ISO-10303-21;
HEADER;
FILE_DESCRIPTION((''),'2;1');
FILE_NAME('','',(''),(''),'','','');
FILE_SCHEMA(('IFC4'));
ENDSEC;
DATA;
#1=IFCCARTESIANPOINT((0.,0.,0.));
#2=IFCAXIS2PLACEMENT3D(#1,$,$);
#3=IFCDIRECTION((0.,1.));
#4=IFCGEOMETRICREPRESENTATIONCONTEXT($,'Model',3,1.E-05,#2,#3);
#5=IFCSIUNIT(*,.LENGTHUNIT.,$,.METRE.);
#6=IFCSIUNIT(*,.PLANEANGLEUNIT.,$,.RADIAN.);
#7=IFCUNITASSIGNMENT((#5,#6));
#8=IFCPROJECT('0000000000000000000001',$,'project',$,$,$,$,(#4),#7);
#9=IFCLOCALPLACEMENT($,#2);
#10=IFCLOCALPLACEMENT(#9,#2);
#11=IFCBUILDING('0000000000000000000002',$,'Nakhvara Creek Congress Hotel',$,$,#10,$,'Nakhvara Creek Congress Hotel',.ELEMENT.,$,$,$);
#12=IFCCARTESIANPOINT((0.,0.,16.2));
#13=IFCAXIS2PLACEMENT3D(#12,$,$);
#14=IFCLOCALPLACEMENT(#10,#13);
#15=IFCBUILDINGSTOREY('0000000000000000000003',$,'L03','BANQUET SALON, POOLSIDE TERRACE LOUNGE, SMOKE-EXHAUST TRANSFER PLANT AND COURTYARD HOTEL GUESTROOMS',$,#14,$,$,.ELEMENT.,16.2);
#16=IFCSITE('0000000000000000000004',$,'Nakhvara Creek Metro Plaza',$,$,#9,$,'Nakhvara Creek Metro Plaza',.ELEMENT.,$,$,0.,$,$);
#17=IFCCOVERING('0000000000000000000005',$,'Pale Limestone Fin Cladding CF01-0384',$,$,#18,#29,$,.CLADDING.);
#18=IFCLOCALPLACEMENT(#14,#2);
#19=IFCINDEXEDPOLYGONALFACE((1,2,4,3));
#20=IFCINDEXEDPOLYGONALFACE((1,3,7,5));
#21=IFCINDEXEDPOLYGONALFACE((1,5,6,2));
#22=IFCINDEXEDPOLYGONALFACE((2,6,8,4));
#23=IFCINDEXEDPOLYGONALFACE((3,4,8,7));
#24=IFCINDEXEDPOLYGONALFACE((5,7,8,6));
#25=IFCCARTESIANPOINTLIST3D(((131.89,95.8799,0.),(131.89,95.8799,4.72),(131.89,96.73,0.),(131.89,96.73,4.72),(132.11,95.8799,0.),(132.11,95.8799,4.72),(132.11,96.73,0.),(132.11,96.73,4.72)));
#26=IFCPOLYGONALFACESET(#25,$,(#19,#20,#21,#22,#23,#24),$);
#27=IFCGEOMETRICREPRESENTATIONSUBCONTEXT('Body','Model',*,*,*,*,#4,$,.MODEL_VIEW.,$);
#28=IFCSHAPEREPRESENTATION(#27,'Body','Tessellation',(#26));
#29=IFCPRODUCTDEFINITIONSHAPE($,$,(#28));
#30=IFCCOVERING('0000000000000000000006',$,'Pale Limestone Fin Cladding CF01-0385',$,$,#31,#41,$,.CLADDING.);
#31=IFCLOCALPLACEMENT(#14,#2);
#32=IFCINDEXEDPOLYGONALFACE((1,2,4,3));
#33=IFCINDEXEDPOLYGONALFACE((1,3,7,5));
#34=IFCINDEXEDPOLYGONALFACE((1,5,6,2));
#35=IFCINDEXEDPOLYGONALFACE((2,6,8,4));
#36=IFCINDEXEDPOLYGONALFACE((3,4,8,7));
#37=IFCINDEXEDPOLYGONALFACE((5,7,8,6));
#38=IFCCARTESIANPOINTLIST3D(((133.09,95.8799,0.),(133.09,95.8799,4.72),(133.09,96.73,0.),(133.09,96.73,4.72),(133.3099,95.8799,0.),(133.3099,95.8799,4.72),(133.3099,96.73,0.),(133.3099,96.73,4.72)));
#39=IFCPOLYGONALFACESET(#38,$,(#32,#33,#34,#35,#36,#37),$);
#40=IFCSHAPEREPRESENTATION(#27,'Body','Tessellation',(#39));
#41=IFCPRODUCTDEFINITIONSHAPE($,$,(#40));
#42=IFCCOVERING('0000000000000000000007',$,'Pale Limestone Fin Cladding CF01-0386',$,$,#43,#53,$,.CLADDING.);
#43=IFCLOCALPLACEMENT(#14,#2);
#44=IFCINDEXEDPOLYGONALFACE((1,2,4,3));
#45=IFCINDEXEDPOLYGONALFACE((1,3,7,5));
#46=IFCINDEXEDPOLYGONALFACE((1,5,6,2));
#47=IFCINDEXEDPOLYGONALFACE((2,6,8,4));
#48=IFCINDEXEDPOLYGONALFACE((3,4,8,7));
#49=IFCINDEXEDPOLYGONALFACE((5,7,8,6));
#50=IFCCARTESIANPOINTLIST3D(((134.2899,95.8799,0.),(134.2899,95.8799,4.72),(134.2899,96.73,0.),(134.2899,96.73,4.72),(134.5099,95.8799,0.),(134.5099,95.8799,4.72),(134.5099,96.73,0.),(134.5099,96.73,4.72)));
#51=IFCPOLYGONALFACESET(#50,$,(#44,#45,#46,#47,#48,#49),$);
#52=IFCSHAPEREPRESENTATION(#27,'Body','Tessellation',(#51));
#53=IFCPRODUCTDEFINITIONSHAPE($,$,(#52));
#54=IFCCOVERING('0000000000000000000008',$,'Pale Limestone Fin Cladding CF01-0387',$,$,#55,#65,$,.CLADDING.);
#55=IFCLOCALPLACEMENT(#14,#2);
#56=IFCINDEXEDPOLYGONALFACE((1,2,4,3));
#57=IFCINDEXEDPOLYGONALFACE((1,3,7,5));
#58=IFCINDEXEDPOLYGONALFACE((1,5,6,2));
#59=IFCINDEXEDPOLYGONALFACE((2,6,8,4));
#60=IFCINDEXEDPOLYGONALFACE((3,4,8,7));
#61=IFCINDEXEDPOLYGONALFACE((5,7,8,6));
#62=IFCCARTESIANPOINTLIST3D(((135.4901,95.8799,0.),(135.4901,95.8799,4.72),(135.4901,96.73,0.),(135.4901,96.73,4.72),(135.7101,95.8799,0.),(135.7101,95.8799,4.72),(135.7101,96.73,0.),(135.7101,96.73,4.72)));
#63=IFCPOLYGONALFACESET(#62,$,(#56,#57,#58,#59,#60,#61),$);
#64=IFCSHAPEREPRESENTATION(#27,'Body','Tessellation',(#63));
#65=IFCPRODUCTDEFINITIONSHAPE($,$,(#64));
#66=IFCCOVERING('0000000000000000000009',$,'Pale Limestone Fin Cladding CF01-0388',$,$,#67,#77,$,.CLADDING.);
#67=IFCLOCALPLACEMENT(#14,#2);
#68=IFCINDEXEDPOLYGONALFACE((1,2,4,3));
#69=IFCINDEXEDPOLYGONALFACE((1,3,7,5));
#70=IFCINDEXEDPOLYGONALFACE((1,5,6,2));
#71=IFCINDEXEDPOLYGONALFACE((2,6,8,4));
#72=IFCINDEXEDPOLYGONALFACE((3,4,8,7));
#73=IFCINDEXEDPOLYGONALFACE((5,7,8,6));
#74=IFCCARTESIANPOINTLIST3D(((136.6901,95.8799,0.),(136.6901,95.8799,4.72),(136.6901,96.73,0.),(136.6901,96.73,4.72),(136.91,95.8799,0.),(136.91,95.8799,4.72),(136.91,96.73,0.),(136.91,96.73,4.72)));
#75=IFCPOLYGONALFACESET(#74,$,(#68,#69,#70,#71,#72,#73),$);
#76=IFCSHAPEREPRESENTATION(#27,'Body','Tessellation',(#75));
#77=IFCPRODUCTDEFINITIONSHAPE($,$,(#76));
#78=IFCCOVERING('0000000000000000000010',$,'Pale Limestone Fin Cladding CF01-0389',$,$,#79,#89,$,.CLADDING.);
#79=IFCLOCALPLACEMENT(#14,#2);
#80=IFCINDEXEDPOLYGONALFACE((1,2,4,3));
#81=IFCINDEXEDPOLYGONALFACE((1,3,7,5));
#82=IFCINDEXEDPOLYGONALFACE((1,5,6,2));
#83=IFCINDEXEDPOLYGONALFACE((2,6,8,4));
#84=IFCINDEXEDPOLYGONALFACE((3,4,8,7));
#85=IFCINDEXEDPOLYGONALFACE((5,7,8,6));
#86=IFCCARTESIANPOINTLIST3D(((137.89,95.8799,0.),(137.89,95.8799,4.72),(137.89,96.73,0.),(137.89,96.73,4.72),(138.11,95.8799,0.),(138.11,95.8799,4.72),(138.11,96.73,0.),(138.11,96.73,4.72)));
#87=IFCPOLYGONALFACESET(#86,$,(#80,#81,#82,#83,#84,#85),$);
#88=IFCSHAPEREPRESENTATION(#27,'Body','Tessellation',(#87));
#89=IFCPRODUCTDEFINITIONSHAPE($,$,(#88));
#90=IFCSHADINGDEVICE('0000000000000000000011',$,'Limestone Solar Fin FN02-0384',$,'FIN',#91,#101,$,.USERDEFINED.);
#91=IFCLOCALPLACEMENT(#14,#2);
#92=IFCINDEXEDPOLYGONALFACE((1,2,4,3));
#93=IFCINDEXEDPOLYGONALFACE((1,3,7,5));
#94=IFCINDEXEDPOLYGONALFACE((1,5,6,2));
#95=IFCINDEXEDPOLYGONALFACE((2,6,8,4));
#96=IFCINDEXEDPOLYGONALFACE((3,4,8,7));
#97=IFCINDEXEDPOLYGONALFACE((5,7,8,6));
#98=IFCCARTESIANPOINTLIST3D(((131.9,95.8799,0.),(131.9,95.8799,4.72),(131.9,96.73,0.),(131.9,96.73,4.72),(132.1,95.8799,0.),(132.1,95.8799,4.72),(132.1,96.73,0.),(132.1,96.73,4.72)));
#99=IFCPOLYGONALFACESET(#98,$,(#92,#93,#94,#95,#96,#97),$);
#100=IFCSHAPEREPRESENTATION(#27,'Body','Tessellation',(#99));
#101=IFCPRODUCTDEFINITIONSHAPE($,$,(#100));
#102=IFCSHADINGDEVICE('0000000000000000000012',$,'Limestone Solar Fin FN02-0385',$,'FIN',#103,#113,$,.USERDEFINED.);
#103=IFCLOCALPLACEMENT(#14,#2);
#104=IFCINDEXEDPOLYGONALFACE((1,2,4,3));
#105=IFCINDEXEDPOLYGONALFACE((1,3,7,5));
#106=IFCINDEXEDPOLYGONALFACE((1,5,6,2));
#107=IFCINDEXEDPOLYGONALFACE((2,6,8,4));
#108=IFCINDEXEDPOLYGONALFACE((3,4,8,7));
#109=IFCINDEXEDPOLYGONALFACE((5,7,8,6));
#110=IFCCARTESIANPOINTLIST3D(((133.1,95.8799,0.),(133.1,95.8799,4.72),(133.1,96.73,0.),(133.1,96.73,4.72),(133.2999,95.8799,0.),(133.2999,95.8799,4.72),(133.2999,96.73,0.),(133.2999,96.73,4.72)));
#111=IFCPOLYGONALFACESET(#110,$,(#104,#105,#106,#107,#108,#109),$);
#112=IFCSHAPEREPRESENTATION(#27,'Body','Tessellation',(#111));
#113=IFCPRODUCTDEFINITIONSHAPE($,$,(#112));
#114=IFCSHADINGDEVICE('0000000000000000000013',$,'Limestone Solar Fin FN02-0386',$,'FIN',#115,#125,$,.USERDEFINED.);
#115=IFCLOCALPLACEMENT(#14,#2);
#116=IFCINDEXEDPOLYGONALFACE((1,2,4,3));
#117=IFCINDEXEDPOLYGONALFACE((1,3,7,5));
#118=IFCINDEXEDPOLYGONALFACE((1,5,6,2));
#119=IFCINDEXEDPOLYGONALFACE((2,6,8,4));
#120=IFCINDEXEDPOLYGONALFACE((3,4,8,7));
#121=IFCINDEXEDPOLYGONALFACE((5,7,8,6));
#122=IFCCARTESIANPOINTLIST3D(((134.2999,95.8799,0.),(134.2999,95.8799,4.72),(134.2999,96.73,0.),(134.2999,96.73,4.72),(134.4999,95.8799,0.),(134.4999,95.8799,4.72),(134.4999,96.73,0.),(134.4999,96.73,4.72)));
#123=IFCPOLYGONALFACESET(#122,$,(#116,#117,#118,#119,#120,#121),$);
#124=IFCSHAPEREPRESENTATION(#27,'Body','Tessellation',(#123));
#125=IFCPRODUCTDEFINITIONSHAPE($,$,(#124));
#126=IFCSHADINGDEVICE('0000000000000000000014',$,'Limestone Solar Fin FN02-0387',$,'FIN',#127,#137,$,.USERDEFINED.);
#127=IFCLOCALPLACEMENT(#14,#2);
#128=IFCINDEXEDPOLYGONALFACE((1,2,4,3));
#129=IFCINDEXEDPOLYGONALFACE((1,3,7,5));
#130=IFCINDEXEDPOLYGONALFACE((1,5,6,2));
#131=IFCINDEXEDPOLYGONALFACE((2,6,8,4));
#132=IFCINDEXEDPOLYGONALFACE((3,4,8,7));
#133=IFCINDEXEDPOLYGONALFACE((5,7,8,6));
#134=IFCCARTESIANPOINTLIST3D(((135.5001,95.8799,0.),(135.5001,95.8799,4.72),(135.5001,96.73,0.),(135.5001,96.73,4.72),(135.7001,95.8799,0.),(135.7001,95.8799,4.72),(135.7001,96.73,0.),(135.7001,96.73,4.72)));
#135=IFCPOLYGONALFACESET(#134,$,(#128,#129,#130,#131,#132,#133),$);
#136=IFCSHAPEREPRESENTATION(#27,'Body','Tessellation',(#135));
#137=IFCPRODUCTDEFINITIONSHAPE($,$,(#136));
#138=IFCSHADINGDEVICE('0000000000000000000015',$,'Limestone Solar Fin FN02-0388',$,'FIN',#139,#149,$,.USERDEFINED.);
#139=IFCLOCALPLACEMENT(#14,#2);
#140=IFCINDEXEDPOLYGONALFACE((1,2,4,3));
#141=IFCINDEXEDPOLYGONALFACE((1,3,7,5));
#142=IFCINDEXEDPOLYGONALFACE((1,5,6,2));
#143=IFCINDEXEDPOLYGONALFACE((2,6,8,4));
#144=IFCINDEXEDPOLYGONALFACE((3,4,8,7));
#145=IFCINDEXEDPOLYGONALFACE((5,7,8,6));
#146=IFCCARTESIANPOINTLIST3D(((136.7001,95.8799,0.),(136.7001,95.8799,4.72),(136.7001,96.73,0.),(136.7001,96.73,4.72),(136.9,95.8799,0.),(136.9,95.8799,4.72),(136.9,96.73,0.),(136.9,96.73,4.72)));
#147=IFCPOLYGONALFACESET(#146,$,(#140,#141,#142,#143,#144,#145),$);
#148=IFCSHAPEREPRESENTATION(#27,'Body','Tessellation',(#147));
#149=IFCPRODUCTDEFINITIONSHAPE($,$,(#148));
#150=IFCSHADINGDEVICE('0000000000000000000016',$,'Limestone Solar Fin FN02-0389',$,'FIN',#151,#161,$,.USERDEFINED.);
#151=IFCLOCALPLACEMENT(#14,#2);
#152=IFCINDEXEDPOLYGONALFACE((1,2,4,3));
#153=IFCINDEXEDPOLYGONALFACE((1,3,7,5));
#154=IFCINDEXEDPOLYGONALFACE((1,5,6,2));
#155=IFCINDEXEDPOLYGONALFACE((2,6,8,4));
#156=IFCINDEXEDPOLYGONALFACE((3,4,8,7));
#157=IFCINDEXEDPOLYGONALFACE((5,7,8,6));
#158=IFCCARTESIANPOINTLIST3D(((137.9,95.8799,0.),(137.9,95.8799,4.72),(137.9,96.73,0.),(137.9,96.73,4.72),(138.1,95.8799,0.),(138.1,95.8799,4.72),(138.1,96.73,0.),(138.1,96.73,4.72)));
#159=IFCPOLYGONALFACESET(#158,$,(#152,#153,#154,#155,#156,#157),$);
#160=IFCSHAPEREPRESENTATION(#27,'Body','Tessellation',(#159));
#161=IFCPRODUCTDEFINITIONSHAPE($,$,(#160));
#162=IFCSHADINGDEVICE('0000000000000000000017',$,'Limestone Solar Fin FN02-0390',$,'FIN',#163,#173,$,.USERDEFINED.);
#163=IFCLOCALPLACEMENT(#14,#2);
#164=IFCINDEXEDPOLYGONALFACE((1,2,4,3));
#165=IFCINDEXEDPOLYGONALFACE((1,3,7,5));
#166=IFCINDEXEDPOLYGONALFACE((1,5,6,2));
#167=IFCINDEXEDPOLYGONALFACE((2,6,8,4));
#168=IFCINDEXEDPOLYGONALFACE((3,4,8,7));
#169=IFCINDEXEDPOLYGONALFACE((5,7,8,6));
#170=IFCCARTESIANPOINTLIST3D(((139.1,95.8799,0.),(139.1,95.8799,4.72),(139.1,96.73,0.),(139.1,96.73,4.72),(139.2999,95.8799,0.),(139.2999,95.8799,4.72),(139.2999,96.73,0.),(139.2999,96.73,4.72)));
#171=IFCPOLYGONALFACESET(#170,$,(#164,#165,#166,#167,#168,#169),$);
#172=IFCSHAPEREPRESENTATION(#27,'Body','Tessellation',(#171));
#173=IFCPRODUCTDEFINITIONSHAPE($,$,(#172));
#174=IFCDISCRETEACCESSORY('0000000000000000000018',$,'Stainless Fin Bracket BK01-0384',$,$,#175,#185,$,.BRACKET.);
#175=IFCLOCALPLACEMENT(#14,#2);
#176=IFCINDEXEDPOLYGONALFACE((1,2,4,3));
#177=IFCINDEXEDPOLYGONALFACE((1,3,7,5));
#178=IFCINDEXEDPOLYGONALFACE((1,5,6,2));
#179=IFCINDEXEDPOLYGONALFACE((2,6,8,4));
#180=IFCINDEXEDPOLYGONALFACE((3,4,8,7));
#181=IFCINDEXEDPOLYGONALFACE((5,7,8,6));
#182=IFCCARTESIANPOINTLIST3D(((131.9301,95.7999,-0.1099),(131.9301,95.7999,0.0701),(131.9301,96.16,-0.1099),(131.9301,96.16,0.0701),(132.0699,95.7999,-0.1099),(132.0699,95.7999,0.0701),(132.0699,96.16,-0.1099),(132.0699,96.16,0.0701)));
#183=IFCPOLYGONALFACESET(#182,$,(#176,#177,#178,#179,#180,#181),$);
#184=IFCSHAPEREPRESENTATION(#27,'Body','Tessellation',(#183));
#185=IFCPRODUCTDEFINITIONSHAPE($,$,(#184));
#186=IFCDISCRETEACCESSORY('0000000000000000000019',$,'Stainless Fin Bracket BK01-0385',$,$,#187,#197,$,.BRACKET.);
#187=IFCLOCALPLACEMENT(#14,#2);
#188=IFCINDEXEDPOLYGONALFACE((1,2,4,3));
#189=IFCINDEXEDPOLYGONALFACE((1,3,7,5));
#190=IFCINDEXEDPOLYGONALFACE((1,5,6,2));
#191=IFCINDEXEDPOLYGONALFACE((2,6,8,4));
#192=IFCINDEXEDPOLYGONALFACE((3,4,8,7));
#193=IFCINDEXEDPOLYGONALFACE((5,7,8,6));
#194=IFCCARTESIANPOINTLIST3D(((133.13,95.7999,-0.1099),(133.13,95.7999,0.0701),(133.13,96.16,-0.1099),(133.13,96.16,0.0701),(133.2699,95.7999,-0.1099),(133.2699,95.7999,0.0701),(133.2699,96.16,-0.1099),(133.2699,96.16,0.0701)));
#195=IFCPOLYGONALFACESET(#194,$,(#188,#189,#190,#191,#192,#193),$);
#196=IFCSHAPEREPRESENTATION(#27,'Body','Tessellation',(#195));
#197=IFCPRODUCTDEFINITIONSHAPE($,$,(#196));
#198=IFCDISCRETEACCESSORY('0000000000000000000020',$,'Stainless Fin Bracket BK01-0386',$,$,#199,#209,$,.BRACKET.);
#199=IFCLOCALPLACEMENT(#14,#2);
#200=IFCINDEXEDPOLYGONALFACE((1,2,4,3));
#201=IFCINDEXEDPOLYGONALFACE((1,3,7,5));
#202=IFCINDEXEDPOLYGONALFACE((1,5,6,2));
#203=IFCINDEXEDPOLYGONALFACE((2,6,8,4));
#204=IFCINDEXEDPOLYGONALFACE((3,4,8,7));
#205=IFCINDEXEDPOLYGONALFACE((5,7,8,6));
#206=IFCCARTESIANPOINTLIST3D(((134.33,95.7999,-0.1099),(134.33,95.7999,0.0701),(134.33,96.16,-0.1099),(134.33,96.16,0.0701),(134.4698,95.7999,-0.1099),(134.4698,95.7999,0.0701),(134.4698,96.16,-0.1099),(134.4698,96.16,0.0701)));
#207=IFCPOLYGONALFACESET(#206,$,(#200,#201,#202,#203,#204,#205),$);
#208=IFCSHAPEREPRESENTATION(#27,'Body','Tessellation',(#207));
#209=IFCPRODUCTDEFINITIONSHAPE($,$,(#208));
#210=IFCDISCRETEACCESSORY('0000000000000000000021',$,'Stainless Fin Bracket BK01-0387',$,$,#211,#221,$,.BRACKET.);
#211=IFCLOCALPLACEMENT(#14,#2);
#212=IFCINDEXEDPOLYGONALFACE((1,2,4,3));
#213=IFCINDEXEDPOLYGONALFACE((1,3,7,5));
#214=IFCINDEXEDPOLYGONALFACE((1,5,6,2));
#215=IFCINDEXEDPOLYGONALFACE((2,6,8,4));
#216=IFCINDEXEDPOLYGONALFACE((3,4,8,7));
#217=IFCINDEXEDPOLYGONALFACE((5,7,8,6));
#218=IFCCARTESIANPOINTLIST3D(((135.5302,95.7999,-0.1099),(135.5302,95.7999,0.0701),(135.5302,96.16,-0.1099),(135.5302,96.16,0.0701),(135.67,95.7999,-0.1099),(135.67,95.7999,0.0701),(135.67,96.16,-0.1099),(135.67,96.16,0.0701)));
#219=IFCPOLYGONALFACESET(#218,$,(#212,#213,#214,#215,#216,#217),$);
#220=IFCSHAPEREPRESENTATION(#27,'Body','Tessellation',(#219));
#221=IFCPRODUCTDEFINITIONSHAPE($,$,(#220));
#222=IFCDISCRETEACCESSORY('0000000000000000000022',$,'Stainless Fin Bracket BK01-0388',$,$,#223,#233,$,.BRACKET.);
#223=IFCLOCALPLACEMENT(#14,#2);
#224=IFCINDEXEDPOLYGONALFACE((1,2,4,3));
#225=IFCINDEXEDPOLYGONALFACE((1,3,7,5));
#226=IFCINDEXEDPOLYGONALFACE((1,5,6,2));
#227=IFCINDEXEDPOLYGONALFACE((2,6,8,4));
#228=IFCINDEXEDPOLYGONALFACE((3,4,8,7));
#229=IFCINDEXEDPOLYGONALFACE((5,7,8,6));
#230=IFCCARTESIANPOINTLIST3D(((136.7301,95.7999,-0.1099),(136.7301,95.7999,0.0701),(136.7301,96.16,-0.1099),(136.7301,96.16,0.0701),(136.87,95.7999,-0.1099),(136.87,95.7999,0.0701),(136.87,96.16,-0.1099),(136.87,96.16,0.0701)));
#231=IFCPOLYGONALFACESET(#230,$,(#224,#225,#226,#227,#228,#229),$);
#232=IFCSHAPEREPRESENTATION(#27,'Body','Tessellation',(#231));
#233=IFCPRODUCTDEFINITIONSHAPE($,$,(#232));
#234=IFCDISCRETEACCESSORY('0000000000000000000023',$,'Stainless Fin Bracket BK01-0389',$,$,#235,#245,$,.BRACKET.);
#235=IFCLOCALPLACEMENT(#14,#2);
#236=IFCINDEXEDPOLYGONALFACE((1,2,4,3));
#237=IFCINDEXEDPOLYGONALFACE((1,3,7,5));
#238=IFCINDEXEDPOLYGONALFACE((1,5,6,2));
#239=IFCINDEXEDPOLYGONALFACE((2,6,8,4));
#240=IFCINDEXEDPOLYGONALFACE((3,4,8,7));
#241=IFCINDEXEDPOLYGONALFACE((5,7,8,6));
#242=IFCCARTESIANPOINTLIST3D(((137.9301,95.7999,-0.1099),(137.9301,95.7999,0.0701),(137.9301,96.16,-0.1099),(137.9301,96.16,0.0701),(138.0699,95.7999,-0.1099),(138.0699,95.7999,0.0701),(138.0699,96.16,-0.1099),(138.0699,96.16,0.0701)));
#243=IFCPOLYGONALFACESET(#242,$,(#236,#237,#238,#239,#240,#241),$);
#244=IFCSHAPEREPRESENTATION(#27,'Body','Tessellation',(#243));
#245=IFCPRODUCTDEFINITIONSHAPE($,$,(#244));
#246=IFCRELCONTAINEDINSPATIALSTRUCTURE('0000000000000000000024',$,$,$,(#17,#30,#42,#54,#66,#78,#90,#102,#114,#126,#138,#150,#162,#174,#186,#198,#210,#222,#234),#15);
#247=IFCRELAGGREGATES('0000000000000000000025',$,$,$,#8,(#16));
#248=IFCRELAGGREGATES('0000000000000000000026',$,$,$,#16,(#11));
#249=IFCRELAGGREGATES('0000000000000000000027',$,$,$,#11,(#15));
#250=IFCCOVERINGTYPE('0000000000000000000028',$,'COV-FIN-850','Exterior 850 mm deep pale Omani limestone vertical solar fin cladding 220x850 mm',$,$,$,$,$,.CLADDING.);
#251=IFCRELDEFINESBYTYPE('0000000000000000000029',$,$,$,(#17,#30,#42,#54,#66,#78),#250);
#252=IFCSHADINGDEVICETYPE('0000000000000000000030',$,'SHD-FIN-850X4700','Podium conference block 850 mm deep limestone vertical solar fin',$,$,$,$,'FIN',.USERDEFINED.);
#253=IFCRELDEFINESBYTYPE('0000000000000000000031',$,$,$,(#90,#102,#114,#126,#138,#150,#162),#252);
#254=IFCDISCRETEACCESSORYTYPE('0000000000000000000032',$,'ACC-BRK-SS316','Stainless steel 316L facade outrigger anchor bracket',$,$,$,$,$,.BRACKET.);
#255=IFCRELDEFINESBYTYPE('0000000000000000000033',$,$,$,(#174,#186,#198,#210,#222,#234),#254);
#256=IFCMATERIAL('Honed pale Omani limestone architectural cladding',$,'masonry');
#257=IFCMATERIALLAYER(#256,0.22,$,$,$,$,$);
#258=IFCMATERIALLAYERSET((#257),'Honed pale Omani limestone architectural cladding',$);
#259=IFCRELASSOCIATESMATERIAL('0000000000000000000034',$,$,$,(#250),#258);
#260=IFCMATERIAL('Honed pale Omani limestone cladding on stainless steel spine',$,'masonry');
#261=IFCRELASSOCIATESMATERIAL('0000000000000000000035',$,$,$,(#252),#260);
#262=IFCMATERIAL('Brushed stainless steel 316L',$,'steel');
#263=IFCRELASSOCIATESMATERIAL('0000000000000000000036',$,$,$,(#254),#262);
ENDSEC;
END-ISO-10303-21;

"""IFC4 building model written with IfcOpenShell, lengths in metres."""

from ifc_helpers import new_model, si_unit, direction, frame, origin, origin_2d, place, context, subcontext, project, spatial, rectangle, extrude, material, layer, layer_set, type_object, element, save


model = new_model("IFC4")

# Units and contexts
model_context = context("Model", 3, precision=1e-05, world=origin(), true_north=direction((0.0, 1.0)))
body_context = subcontext(model_context, "Body", "Model", "MODEL_VIEW")
ifc_project = project(units=[si_unit("LENGTHUNIT", "METRE"), si_unit("PLANEANGLEUNIT", "RADIAN")], contexts=[model_context])

# Site, building, storey
site_placement = place(None, origin())
site = spatial("IfcSite", under=ifc_project, at=site_placement, Name="Nakhvara Creek Metro Plaza", LongName="Nakhvara Creek Metro Plaza", CompositionType="ELEMENT", RefElevation=0.0)
building_placement = place(site_placement, origin())
building = spatial("IfcBuilding", under=site, at=building_placement, Name="Nakhvara Creek Congress Hotel", LongName="Nakhvara Creek Congress Hotel", CompositionType="ELEMENT")
storey_placement = place(building_placement, frame((0.0, 0.0, 16.2)))
storey = spatial("IfcBuildingStorey", under=building, at=storey_placement, Name="L03", Description="BANQUET SALON, POOLSIDE TERRACE LOUNGE, SMOKE-EXHAUST TRANSFER PLANT AND COURTYARD HOTEL GUESTROOMS", CompositionType="ELEMENT", Elevation=16.2)

# Coverings
ifc_material_1 = material(Name="Honed pale Omani limestone architectural cladding", Category="masonry")
ifc_layer = layer(ifc_material_1, 0.22)
ifc_layer_set = layer_set([ifc_layer], Name="Honed pale Omani limestone architectural cladding")
covering_type = type_object("IfcCoveringType", Name="COV-FIN-850", Description="Exterior 850 mm deep pale Omani limestone vertical solar fin cladding 220x850 mm", PredefinedType="CLADDING", material=ifc_layer_set)
for number, where, z_axis, x_axis, name in (
    (1, (132.0, 96.3049, 0.0), (0.0, 0.0, 1.0), (1.0, 0.0, 0.0), "Pale Limestone Fin Cladding CF01-0384"),
    (2, (133.2, 96.3049, 0.0), (0.0, 0.0, 1.0), (1.0, 0.0, 0.0), "Pale Limestone Fin Cladding CF01-0385"),
    (3, (134.3999, 96.3049, 0.0), (0.0, 0.0, 1.0), (1.0, 0.0, 0.0), "Pale Limestone Fin Cladding CF01-0386"),
    (4, (135.6001, 96.3049, 0.0), (0.0, 0.0, 1.0), (1.0, 0.0, 0.0), "Pale Limestone Fin Cladding CF01-0387"),
    (5, (136.8, 96.3049, 0.0), (0.0, 0.0, 1.0), (1.0, 0.0, 0.0), "Pale Limestone Fin Cladding CF01-0388"),
    (6, (138.0, 96.3049, 0.0), (0.0, 0.0, 1.0), (1.0, 0.0, 0.0), "Pale Limestone Fin Cladding CF01-0389"),
):
    element("IfcCovering", number, at=place(storey_placement, frame(where, z_axis=z_axis, x_axis=x_axis)), inside=storey, type_object=covering_type, Name=name, PredefinedType="CLADDING", context=body_context, shape_type="SweptSolid", body=[
        extrude(rectangle(XDim=0.22, YDim=0.8501, at=origin_2d()), origin(), (0.0, 0.0, 1.0), 4.72),
    ])

# Shared definitions
ifc_material_2 = material(Name="Brushed stainless steel 316L", Category="steel")

# Shading devices
ifc_material_3 = material(Name="Honed pale Omani limestone cladding on stainless steel spine", Category="masonry")
shading_device_type = type_object("IfcShadingDeviceType", Name="SHD-FIN-850X4700", Description="Podium conference block 850 mm deep limestone vertical solar fin", ElementType="FIN", PredefinedType="USERDEFINED", material=ifc_material_3)
for number, where, z_axis, x_axis, name in (
    (7, (132.0, 96.3049, 0.0), (0.0, 0.0, 1.0), (1.0, 0.0, 0.0), "Limestone Solar Fin FN02-0384"),
    (8, (133.2, 96.3049, 0.0), (0.0, 0.0, 1.0), (1.0, 0.0, 0.0), "Limestone Solar Fin FN02-0385"),
    (9, (134.3999, 96.3049, 0.0), (0.0, 0.0, 1.0), (1.0, 0.0, 0.0), "Limestone Solar Fin FN02-0386"),
    (10, (135.6001, 96.3049, 0.0), (0.0, 0.0, 1.0), (1.0, 0.0, 0.0), "Limestone Solar Fin FN02-0387"),
    (11, (136.8, 96.3049, 0.0), (0.0, 0.0, 1.0), (1.0, 0.0, 0.0), "Limestone Solar Fin FN02-0388"),
    (12, (138.0, 96.3049, 0.0), (0.0, 0.0, 1.0), (1.0, 0.0, 0.0), "Limestone Solar Fin FN02-0389"),
    (13, (139.2, 96.3049, 0.0), (0.0, 0.0, 1.0), (1.0, 0.0, 0.0), "Limestone Solar Fin FN02-0390"),
):
    element("IfcShadingDevice", number, at=place(storey_placement, frame(where, z_axis=z_axis, x_axis=x_axis)), inside=storey, type_object=shading_device_type, Name=name, ObjectType="FIN", PredefinedType="USERDEFINED", context=body_context, shape_type="SweptSolid", body=[
        extrude(rectangle(XDim=0.2, YDim=0.8501, at=origin_2d()), origin(), (0.0, 0.0, 1.0), 4.72),
    ])

# Discrete accessories
discrete_accessory_type = type_object("IfcDiscreteAccessoryType", Name="ACC-BRK-SS316", Description="Stainless steel 316L facade outrigger anchor bracket", PredefinedType="BRACKET", material=ifc_material_2)
for number, where, z_axis, x_axis, name in (
    (14, (132.0, 95.98, -0.1099), (0.0, 0.0, 1.0), (1.0, 0.0, 0.0), "Stainless Fin Bracket BK01-0384"),
    (15, (133.2, 95.98, -0.1099), (0.0, 0.0, 1.0), (1.0, 0.0, 0.0), "Stainless Fin Bracket BK01-0385"),
    (16, (134.3999, 95.98, -0.1099), (0.0, 0.0, 1.0), (1.0, 0.0, 0.0), "Stainless Fin Bracket BK01-0386"),
    (17, (135.6001, 95.98, -0.1099), (0.0, 0.0, 1.0), (1.0, 0.0, 0.0), "Stainless Fin Bracket BK01-0387"),
    (18, (136.8, 95.98, -0.1099), (0.0, 0.0, 1.0), (1.0, 0.0, 0.0), "Stainless Fin Bracket BK01-0388"),
    (19, (138.0, 95.98, -0.1099), (0.0, 0.0, 1.0), (1.0, 0.0, 0.0), "Stainless Fin Bracket BK01-0389"),
):
    element("IfcDiscreteAccessory", number, at=place(storey_placement, frame(where, z_axis=z_axis, x_axis=x_axis)), inside=storey, type_object=discrete_accessory_type, Name=name, PredefinedType="BRACKET", context=body_context, shape_type="SweptSolid", body=[
        extrude(rectangle(XDim=0.1399, YDim=0.3601, at=origin_2d()), origin(), (0.0, 0.0, 1.0), 0.1799),
    ])

save(model, "model.ifc")
